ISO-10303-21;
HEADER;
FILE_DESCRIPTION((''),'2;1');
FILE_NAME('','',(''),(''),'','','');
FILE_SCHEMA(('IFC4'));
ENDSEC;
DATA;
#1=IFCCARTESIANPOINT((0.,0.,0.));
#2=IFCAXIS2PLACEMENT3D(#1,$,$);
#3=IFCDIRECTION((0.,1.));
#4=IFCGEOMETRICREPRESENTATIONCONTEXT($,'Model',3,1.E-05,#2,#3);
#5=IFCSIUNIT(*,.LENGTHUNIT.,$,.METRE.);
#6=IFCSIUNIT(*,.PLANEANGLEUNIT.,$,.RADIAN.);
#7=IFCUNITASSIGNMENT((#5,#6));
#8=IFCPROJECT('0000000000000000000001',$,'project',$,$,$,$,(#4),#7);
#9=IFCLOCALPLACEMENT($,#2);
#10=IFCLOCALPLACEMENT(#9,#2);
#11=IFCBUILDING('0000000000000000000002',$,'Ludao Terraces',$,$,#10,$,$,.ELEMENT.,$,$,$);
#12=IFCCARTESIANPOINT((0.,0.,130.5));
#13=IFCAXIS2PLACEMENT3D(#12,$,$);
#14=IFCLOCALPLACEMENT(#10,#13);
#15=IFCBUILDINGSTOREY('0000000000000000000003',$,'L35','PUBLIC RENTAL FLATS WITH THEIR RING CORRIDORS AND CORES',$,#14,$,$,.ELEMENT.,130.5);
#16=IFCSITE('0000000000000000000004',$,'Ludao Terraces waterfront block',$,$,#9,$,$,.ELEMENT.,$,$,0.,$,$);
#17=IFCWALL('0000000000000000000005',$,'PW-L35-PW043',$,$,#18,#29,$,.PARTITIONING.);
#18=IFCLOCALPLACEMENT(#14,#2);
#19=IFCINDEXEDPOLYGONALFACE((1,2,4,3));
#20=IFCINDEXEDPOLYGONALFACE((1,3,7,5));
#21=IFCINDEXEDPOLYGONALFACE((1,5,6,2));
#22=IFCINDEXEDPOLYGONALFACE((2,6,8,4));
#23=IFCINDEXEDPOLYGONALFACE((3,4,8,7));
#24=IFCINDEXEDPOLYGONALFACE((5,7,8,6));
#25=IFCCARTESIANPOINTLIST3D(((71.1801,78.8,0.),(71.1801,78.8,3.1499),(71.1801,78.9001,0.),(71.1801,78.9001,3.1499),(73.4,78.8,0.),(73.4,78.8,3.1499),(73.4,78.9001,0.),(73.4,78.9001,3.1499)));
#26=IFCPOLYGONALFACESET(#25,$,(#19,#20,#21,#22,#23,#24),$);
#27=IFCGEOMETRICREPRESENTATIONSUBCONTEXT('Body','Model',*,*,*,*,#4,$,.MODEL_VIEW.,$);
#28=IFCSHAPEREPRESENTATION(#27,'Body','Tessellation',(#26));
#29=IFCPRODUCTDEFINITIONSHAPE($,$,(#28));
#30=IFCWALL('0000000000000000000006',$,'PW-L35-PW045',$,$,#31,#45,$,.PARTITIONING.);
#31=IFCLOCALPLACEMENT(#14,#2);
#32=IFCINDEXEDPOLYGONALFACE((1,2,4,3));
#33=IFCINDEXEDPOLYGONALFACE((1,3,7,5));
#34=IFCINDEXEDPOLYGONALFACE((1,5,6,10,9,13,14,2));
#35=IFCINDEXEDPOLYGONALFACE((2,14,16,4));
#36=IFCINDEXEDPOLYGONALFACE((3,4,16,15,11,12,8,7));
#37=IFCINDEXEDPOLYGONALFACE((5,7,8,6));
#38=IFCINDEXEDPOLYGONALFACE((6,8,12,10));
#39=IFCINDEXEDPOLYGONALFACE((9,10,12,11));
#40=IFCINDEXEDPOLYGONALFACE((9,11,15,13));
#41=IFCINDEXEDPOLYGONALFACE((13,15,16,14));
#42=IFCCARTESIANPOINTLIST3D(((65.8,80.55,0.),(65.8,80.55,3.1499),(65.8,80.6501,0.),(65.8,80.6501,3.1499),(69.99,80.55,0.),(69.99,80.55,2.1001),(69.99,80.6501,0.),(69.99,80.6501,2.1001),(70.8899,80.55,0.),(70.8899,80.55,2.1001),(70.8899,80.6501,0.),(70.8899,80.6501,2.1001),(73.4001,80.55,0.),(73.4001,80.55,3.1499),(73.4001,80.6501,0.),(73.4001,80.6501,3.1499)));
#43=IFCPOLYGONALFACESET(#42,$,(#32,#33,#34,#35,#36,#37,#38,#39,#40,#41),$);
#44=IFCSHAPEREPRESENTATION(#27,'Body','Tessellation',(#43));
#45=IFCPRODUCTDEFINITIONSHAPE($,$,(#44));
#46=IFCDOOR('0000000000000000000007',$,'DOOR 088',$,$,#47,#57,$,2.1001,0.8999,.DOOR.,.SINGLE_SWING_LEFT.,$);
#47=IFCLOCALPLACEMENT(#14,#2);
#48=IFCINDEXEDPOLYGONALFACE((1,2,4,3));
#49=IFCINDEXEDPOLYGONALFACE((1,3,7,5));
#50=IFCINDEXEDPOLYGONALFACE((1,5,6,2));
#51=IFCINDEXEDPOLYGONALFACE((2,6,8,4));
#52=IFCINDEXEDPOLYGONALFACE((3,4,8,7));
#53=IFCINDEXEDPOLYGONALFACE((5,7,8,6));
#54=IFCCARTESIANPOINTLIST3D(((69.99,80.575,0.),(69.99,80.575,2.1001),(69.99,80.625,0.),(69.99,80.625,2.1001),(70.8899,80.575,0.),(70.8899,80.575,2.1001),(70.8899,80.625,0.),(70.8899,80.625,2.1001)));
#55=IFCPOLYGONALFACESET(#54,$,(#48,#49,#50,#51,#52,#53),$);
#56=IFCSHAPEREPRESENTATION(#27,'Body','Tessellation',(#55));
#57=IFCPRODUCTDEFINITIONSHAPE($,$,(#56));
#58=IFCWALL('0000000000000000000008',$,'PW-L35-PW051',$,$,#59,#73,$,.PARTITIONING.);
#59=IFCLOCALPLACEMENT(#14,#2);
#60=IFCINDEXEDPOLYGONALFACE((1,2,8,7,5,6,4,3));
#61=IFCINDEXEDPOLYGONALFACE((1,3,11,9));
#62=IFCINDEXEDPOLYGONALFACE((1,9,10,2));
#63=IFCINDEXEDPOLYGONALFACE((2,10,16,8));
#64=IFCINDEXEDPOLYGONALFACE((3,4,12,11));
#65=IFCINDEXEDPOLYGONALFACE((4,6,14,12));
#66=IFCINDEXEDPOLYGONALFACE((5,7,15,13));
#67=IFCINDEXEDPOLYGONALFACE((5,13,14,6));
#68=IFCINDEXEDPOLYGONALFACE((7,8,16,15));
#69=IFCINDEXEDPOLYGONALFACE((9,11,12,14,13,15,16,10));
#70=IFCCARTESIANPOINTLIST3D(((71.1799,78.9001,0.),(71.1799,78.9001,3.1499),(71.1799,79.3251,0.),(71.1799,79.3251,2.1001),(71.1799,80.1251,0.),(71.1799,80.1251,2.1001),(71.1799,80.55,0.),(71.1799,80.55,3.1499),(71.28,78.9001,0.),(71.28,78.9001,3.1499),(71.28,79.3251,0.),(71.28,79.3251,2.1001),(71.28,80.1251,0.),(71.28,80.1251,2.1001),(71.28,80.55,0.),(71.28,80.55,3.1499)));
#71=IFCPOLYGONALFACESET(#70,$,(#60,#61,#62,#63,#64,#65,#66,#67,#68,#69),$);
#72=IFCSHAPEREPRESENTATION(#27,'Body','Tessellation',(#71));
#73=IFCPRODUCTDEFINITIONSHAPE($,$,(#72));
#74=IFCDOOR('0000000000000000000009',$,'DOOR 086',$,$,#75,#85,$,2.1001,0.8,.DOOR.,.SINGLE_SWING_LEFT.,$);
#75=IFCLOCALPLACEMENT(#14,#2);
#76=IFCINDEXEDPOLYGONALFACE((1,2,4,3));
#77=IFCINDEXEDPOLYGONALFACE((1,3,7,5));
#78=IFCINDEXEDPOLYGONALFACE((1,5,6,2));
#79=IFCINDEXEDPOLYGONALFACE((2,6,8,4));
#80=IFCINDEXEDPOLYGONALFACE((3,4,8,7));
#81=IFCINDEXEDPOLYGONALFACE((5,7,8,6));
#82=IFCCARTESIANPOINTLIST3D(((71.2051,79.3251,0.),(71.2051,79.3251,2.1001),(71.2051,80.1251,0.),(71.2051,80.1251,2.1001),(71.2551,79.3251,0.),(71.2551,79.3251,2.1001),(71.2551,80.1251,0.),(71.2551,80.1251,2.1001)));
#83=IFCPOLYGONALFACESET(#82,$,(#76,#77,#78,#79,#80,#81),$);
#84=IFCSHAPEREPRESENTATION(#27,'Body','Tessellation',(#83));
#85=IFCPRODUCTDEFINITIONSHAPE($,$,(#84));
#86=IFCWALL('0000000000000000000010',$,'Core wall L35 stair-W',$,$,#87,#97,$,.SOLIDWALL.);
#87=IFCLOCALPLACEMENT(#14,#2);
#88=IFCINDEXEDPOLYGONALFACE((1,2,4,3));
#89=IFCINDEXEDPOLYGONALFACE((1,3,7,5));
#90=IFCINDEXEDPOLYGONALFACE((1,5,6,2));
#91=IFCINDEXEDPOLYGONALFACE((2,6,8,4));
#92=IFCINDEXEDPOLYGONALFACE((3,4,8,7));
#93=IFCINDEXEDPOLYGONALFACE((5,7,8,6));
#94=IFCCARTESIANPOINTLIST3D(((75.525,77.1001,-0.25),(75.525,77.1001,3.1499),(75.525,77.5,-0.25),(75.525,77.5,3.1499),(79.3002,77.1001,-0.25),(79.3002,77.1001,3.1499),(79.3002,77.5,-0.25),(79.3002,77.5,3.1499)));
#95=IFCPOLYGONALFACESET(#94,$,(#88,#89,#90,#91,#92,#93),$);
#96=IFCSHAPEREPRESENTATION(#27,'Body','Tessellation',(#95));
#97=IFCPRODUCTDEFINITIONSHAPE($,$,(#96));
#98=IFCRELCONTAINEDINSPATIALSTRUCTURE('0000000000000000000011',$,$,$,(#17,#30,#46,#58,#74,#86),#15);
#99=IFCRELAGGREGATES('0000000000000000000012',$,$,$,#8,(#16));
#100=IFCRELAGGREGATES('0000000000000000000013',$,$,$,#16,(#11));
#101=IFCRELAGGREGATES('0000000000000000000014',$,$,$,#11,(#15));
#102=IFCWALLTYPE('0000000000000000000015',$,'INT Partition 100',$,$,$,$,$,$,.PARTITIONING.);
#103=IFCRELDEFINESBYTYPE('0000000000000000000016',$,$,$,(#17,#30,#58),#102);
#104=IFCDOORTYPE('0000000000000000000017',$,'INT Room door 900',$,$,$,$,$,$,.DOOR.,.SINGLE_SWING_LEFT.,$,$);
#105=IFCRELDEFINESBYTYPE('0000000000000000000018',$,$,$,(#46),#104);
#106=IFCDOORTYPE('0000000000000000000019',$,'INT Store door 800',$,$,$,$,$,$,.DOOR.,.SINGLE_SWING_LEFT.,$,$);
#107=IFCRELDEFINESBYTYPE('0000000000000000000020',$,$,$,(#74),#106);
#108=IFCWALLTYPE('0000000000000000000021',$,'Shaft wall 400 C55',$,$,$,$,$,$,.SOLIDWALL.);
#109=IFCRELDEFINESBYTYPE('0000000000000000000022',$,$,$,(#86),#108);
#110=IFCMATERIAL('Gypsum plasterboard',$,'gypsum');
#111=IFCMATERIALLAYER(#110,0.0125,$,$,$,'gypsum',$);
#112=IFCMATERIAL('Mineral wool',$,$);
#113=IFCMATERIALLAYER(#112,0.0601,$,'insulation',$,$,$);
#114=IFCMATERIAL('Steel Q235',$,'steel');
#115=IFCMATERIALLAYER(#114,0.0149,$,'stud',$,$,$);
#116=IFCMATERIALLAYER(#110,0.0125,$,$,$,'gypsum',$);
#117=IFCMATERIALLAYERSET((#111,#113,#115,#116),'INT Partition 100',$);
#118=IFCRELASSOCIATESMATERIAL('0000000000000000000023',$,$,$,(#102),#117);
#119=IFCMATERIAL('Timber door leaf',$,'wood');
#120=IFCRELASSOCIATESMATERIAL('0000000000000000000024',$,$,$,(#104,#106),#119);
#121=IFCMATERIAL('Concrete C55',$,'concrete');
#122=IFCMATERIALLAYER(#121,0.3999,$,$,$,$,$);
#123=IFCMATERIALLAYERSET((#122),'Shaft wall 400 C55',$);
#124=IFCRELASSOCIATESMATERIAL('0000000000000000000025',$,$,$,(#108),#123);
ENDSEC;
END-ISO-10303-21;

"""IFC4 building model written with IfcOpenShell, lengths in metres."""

from ifc_helpers import new_model, si_unit, direction, frame, frame_2d, origin, place, context, subcontext, project, spatial, rectangle, extrude, material, layer, layer_set, type_object, element, fill, save


model = new_model("IFC4")

# Units and contexts
model_context = context("Model", 3, precision=1e-05, world=origin(), true_north=direction((0.0, 1.0)))
body_context = subcontext(model_context, "Body", "Model", "MODEL_VIEW")
ifc_project = project(units=[si_unit("LENGTHUNIT", "METRE"), si_unit("PLANEANGLEUNIT", "RADIAN")], contexts=[model_context])

# Site, building, storey
site_placement = place(None, origin())
site = spatial("IfcSite", under=ifc_project, at=site_placement, Name="Ludao Terraces waterfront block", CompositionType="ELEMENT", RefElevation=0.0)
building_placement = place(site_placement, origin())
building = spatial("IfcBuilding", under=site, at=building_placement, Name="Ludao Terraces", CompositionType="ELEMENT")
storey_placement = place(building_placement, frame((0.0, 0.0, 130.5)))
storey = spatial("IfcBuildingStorey", under=building, at=storey_placement, Name="L35", Description="PUBLIC RENTAL FLATS WITH THEIR RING CORRIDORS AND CORES", CompositionType="ELEMENT", Elevation=130.5)

# Shared definitions
ifc_material_1 = material(Name="Steel Q235", Category="steel")

# Shared definitions
ifc_material_2 = material(Name="Mineral wool")

# Wall
ifc_material_3 = material(Name="Gypsum plasterboard", Category="gypsum")
ifc_layer_1 = layer(ifc_material_3, 0.0125, Category="gypsum")
ifc_layer_2 = layer(ifc_material_2, 0.0601, Name="insulation")
ifc_layer_3 = layer(ifc_material_1, 0.0149, Name="stud")
ifc_layer_4 = layer(ifc_material_3, 0.0125, Category="gypsum")
ifc_layer_set_1 = layer_set([ifc_layer_1, ifc_layer_2, ifc_layer_3, ifc_layer_4], Name="INT Partition 100")
wall_type_1 = type_object("IfcWallType", Name="INT Partition 100", PredefinedType="PARTITIONING", material=ifc_layer_set_1)
for number, where, z_axis, x_axis, name in (
    (1, (71.1802, 78.8501, 0.0), (0.0, 0.0, 1.0), (1.0, 0.0, 0.0), "PW-L35-PW043"),
):
    element("IfcWall", number, at=place(storey_placement, frame(where, z_axis=z_axis, x_axis=x_axis)), inside=storey, type_object=wall_type_1, Name=name, PredefinedType="PARTITIONING", context=body_context, shape_type="SweptSolid", body=[
        extrude(rectangle(XDim=2.22, YDim=0.1001, at=frame_2d((1.1099, 0.0))), origin(), (0.0, 0.0, 1.0), 3.1499),
    ])

# Walls, openings, doors
wall_1_placement = place(storey_placement, frame((65.8, 80.6001, 0.0), z_axis=(0.0, 0.0, 1.0), x_axis=(1.0, 0.0, 0.0)))
wall_1 = element("IfcWall", 2, at=wall_1_placement, inside=storey, type_object=wall_type_1, Name="PW-L35-PW045", PredefinedType="PARTITIONING", context=body_context, shape_type="SweptSolid", body=[
    extrude(rectangle(XDim=7.6001, YDim=0.1001, at=frame_2d((3.8, 0.0))), origin(), (0.0, 0.0, 1.0), 3.1499),
])
opening_1_placement = place(wall_1_placement, frame((4.1899, 0.0, 0.0)))
opening_1 = element("IfcOpeningElement", 3, at=opening_1_placement, cuts=wall_1, PredefinedType="OPENING", context=body_context, shape_type="SweptSolid", body=[
    extrude(rectangle(XDim=0.8999, YDim=2.1001, at=frame_2d((0.45, 1.05))), frame((0.0, 0.0601, 0.0), z_axis=(0.0, -1.0, 0.0), x_axis=(1.0, 0.0, 0.0)), (0.0, 0.0, 1.0), 0.1201),
])
ifc_material_4 = material(Name="Timber door leaf", Category="wood")
door_type_1 = type_object("IfcDoorType", Name="INT Room door 900", OperationType="SINGLE_SWING_LEFT", PredefinedType="DOOR", material=ifc_material_4)
door_1_placement = place(opening_1_placement, origin())
door_1 = element("IfcDoor", 4, at=door_1_placement, inside=storey, type_object=door_type_1, Name="DOOR 088", OperationType="SINGLE_SWING_LEFT", OverallHeight=2.1001, OverallWidth=0.8999, PredefinedType="DOOR", context=body_context, shape_type="SweptSolid", body=[
    extrude(rectangle(XDim=0.8999, YDim=2.1001, at=frame_2d((0.45, 1.05))), frame((0.0, 0.0249, 0.0), z_axis=(0.0, -1.0, 0.0), x_axis=(1.0, 0.0, 0.0)), (0.0, 0.0, 1.0), 0.05),
])
fill(opening_1, door_1)
wall_2_placement = place(storey_placement, frame((71.23, 78.9001, 0.0), z_axis=(0.0, 0.0, 1.0), x_axis=(0.0, 1.0, 0.0)))
wall_2 = element("IfcWall", 5, at=wall_2_placement, inside=storey, type_object=wall_type_1, Name="PW-L35-PW051", PredefinedType="PARTITIONING", context=body_context, shape_type="SweptSolid", body=[
    extrude(rectangle(XDim=1.6499, YDim=0.1001, at=frame_2d((0.825, 0.0))), origin(), (0.0, 0.0, 1.0), 3.1499),
])
opening_2_placement = place(wall_2_placement, frame((0.425, 0.0, 0.0)))
opening_2 = element("IfcOpeningElement", 6, at=opening_2_placement, cuts=wall_2, PredefinedType="OPENING", context=body_context, shape_type="SweptSolid", body=[
    extrude(rectangle(XDim=0.8, YDim=2.1001, at=frame_2d((0.3999, 1.05))), frame((0.0, 0.0601, 0.0), z_axis=(0.0, -1.0, 0.0), x_axis=(1.0, 0.0, 0.0)), (0.0, 0.0, 1.0), 0.1201),
])
door_type_2 = type_object("IfcDoorType", Name="INT Store door 800", OperationType="SINGLE_SWING_LEFT", PredefinedType="DOOR", material=ifc_material_4)
door_2_placement = place(opening_2_placement, origin())
door_2 = element("IfcDoor", 7, at=door_2_placement, inside=storey, type_object=door_type_2, Name="DOOR 086", OperationType="SINGLE_SWING_LEFT", OverallHeight=2.1001, OverallWidth=0.8, PredefinedType="DOOR", context=body_context, shape_type="SweptSolid", body=[
    extrude(rectangle(XDim=0.8, YDim=2.1001, at=frame_2d((0.3999, 1.05))), frame((0.0, 0.0249, 0.0), z_axis=(0.0, -1.0, 0.0), x_axis=(1.0, 0.0, 0.0)), (0.0, 0.0, 1.0), 0.05),
])
fill(opening_2, door_2)

# Wall
ifc_material_5 = material(Name="Concrete C55", Category="concrete")
ifc_layer_5 = layer(ifc_material_5, 0.3999)
ifc_layer_set_2 = layer_set([ifc_layer_5], Name="Shaft wall 400 C55")
wall_type_2 = type_object("IfcWallType", Name="Shaft wall 400 C55", PredefinedType="SOLIDWALL", material=ifc_layer_set_2)
wall_3_placement = place(storey_placement, frame((75.5249, 77.3, -0.25), z_axis=(0.0, 0.0, 1.0), x_axis=(1.0, 0.0, 0.0)))
element("IfcWall", 8, at=wall_3_placement, inside=storey, type_object=wall_type_2, Name="Core wall L35 stair-W", PredefinedType="SOLIDWALL", context=body_context, shape_type="SweptSolid", body=[
    extrude(rectangle(XDim=3.7751, YDim=0.3999, at=frame_2d((1.8877, 0.0))), origin(), (0.0, 0.0, 1.0), 3.3999),
])

save(model, "model.ifc")
